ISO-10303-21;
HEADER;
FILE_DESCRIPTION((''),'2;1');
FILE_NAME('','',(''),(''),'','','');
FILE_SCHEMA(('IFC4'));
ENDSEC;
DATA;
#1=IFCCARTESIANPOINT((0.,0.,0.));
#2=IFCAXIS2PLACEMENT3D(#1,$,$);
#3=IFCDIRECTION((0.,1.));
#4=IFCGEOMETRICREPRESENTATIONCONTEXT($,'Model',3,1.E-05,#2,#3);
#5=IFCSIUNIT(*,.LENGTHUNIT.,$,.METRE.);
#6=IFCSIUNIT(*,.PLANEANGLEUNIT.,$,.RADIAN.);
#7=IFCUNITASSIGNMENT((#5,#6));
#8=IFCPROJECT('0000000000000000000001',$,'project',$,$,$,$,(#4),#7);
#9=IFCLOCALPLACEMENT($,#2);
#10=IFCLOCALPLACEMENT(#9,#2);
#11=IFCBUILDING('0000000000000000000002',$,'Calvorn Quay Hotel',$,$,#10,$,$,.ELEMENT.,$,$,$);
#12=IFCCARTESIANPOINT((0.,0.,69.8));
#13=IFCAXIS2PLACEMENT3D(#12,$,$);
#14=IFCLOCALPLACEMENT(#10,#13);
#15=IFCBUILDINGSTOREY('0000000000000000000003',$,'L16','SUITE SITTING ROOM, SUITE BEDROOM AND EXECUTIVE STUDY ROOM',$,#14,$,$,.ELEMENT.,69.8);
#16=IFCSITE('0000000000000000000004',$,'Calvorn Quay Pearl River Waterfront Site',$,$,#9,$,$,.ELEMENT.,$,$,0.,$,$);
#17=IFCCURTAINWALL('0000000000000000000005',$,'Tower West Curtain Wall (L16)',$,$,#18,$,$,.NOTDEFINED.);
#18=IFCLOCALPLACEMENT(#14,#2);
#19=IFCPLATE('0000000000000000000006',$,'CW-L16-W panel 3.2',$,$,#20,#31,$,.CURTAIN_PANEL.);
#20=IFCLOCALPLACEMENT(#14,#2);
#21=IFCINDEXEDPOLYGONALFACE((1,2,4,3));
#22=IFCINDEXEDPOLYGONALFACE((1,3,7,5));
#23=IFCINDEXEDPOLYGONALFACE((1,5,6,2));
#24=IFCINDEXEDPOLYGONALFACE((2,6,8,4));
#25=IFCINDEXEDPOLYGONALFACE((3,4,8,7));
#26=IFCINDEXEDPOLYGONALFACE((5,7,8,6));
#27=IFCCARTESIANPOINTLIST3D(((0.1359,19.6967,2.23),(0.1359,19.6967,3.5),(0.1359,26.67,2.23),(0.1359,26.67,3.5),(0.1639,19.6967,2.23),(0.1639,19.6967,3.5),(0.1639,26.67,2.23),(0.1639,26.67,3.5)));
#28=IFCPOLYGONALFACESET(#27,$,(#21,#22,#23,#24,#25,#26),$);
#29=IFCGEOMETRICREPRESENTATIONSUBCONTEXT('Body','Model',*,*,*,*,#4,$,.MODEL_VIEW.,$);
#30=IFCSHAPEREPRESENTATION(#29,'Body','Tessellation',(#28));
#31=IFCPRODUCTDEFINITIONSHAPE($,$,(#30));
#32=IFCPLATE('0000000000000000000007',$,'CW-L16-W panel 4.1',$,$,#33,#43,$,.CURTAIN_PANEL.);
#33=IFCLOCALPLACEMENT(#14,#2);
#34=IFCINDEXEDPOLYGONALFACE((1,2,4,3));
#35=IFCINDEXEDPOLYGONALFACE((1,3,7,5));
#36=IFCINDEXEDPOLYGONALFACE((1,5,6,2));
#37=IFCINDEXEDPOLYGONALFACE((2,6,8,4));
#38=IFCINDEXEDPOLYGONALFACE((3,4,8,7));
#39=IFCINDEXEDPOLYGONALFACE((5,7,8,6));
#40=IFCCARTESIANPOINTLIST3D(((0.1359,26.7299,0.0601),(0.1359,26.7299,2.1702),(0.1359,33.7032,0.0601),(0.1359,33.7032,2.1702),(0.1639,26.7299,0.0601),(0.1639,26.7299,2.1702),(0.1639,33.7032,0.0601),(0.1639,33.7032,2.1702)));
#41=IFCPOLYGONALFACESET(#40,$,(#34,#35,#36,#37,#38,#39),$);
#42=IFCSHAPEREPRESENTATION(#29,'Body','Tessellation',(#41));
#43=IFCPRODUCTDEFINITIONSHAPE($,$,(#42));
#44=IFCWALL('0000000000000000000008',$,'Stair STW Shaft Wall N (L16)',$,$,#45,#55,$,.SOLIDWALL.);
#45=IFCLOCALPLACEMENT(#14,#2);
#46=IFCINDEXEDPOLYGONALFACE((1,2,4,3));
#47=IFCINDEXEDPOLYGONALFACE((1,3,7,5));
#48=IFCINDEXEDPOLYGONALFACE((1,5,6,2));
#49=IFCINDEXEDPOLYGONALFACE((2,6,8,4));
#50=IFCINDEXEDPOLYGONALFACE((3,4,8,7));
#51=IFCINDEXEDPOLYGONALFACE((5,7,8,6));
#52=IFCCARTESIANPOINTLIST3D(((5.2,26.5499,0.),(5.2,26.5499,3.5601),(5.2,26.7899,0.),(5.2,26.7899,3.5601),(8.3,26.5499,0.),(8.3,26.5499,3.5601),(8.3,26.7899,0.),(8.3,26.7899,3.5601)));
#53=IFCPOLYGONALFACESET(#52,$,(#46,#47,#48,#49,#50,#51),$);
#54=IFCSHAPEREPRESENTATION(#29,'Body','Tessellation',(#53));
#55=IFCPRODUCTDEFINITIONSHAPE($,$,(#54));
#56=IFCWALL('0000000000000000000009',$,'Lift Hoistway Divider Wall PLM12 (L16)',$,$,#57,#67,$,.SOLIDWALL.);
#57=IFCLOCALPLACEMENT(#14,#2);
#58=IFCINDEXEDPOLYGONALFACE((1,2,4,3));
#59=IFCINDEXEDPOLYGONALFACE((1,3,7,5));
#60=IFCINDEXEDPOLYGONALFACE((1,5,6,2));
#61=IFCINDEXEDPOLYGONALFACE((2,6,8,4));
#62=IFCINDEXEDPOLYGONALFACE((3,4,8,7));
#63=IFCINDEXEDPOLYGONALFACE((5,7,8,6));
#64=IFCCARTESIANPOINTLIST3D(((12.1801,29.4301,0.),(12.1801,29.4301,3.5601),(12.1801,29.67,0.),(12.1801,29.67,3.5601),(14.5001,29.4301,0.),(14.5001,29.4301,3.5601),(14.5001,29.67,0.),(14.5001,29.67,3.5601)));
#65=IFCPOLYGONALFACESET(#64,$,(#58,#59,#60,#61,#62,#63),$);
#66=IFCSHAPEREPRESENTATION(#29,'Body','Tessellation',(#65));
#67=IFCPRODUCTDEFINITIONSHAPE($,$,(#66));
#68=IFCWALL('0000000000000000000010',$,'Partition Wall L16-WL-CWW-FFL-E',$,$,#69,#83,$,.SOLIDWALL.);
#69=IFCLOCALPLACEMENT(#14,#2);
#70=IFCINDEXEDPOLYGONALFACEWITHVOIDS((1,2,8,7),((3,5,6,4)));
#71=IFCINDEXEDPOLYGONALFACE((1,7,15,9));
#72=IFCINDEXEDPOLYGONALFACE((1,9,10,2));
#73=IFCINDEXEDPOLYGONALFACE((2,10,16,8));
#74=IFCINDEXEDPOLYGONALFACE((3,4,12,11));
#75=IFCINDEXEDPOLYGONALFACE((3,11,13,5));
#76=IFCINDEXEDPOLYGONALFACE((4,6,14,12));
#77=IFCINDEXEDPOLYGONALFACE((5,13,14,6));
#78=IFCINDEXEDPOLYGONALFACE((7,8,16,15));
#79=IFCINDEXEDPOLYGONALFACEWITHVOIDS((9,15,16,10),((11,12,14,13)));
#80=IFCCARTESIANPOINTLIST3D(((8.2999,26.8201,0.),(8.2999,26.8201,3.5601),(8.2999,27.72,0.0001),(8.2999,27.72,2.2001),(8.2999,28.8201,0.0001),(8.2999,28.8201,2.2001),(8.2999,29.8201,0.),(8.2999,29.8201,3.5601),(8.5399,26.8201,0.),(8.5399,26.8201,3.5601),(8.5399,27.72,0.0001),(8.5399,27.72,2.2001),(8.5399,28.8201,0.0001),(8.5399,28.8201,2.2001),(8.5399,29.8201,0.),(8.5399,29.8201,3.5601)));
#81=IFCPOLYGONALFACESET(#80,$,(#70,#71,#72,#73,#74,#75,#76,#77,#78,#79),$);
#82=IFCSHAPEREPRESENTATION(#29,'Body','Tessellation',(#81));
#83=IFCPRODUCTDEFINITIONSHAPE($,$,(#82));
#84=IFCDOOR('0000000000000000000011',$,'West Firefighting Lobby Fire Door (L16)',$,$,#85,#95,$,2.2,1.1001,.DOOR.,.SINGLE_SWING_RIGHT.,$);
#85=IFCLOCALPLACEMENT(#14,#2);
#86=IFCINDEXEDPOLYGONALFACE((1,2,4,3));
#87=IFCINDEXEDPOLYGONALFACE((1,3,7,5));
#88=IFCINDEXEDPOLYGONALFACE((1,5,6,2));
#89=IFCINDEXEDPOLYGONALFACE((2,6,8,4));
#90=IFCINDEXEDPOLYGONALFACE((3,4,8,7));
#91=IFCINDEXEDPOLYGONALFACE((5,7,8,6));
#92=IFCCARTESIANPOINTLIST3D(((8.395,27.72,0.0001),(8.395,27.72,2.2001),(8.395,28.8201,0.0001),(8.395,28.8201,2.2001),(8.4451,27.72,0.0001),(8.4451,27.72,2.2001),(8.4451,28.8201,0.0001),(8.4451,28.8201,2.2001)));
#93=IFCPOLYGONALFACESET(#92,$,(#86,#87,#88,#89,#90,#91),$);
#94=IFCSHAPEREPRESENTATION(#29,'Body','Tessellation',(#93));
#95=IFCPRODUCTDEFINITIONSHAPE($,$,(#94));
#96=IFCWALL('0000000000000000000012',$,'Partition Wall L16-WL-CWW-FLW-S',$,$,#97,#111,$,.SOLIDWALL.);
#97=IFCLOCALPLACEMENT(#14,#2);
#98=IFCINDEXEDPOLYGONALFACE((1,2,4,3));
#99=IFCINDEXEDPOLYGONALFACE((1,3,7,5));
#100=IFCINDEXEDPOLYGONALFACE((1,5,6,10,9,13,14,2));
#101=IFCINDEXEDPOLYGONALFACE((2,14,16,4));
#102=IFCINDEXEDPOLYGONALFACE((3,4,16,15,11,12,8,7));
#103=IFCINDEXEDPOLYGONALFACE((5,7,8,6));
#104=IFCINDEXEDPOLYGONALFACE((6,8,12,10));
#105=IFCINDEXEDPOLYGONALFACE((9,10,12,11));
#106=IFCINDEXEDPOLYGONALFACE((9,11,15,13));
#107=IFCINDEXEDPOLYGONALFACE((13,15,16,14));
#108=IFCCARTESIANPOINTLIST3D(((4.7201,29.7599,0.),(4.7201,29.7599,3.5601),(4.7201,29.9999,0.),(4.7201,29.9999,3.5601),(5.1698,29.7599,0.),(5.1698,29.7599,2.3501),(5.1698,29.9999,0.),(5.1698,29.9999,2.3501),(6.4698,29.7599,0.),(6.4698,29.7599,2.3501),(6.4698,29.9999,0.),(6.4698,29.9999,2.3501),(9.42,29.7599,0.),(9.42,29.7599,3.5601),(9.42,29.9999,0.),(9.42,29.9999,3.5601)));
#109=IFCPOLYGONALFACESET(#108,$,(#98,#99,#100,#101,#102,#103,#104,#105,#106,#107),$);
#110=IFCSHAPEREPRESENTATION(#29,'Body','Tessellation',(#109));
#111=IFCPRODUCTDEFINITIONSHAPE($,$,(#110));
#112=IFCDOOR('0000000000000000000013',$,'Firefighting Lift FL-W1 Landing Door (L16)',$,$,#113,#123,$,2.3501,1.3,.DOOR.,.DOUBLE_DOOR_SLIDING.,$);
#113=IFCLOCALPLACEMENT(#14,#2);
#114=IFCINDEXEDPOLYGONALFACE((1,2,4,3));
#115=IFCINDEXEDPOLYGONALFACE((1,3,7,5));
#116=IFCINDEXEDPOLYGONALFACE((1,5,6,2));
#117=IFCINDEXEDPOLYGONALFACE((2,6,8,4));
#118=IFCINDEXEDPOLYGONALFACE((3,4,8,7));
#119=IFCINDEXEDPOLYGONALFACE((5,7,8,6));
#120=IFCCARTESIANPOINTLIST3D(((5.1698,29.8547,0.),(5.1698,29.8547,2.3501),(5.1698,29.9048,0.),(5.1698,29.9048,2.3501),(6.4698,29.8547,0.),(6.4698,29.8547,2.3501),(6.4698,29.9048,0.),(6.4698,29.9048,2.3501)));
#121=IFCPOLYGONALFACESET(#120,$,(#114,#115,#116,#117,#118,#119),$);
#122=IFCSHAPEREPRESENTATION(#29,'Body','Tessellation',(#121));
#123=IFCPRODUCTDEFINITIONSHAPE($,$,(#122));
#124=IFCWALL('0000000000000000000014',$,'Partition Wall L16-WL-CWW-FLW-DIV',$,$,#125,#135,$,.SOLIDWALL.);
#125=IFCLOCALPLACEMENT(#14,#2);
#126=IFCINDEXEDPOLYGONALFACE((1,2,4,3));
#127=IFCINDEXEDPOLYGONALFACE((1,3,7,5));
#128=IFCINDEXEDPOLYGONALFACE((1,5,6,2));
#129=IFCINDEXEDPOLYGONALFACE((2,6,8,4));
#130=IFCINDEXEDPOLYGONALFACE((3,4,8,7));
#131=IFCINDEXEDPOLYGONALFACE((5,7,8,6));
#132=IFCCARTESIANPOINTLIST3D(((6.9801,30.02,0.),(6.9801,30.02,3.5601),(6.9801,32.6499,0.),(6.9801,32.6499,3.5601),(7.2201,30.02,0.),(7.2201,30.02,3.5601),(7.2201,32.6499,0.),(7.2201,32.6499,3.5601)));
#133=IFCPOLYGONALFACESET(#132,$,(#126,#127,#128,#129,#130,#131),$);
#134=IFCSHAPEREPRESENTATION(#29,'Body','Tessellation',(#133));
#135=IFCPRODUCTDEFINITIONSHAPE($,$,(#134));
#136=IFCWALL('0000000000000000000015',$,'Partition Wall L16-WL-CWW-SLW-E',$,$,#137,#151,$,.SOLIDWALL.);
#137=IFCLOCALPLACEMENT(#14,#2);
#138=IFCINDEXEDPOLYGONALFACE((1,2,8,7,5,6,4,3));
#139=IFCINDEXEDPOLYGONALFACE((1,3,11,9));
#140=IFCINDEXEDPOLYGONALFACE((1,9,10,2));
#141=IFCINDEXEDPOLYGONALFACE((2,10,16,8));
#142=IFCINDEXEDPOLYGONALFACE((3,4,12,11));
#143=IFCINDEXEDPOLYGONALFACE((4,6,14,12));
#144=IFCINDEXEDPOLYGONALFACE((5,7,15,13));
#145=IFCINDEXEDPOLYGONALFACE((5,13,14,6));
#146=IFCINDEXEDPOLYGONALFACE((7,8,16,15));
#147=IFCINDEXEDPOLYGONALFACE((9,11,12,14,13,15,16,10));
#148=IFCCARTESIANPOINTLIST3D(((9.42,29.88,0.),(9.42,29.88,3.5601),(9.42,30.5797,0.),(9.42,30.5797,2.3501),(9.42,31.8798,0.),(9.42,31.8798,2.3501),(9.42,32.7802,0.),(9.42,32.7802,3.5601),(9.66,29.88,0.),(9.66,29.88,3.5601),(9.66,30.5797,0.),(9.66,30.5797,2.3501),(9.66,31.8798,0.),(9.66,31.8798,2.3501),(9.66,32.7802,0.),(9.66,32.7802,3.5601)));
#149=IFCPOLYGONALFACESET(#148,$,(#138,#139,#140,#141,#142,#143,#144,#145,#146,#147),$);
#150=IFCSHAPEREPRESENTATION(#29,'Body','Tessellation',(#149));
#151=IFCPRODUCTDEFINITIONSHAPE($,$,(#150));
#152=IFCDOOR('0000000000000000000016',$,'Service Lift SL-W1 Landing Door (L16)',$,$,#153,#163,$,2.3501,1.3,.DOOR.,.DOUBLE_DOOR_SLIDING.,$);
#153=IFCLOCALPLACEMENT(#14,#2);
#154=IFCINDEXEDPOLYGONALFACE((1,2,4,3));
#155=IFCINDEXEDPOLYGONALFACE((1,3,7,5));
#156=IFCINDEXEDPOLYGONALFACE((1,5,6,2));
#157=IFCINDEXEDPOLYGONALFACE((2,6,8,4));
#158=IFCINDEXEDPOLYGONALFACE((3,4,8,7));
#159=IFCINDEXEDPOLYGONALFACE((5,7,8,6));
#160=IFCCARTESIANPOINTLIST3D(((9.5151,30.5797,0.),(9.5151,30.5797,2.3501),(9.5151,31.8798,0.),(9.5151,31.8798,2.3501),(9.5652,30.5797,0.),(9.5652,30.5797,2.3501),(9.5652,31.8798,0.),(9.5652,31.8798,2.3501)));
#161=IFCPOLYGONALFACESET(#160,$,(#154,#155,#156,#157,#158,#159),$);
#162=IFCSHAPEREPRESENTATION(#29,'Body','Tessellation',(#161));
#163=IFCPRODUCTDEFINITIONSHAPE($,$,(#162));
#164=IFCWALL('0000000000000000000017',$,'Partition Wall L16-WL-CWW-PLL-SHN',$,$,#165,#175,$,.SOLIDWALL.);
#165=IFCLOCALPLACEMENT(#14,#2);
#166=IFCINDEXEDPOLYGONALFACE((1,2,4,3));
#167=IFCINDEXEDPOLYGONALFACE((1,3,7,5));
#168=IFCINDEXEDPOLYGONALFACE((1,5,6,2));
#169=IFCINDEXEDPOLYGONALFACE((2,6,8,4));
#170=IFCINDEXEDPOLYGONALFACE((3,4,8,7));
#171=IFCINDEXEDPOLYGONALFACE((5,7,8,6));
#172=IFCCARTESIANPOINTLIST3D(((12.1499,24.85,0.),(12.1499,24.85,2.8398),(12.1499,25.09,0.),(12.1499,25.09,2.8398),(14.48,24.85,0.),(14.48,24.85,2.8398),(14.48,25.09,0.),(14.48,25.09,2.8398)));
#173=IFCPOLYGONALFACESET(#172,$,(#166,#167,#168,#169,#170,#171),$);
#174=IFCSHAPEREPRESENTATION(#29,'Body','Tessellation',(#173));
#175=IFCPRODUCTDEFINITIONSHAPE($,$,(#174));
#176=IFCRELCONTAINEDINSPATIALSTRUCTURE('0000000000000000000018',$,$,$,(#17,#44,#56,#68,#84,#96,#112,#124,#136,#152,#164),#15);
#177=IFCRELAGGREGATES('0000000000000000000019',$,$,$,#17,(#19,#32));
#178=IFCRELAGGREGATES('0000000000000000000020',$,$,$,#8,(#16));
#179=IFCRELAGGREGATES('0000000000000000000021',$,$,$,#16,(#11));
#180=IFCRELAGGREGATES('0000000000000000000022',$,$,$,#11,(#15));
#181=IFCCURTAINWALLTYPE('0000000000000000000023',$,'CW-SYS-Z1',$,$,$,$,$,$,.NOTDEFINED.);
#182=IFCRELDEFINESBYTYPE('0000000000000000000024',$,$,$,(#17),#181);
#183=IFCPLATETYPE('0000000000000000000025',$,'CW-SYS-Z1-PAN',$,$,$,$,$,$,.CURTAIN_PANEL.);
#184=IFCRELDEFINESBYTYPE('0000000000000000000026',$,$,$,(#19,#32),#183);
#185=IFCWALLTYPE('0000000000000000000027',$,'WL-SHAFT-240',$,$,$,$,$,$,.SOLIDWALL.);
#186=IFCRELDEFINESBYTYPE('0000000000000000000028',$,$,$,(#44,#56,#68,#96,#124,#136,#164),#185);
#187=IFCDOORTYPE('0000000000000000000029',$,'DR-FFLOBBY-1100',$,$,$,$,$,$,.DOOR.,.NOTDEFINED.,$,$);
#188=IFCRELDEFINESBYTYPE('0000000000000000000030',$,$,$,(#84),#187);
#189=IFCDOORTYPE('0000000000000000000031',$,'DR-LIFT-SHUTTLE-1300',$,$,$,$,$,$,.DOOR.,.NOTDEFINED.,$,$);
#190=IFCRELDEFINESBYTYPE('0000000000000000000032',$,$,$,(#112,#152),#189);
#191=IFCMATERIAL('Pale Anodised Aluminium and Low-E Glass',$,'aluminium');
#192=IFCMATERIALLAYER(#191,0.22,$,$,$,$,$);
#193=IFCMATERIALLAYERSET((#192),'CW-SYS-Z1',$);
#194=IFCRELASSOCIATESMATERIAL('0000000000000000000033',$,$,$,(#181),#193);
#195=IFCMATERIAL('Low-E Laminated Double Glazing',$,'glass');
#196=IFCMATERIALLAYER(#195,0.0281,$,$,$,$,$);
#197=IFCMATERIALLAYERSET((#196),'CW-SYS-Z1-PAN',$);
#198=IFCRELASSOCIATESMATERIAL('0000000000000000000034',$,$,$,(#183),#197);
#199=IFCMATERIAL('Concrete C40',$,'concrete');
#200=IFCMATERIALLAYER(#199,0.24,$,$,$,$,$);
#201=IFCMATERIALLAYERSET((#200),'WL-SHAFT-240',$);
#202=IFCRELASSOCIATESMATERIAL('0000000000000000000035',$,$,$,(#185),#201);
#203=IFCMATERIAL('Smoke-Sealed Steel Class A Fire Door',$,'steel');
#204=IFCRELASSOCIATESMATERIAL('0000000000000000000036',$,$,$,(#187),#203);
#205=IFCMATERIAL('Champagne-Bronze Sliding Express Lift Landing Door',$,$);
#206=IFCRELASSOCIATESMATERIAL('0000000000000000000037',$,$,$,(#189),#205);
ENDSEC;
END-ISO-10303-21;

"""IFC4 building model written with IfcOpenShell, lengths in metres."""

from ifc_helpers import new_model, si_unit, direction, frame, frame_2d, origin, origin_2d, place, context, subcontext, project, spatial, rectangle, extrude, material, layer, layer_set, type_object, element, fill, aggregate, save


model = new_model("IFC4")

# Units and contexts
model_context = context("Model", 3, precision=1e-05, world=origin(), true_north=direction((0.0, 1.0)))
body_context = subcontext(model_context, "Body", "Model", "MODEL_VIEW")
ifc_project = project(units=[si_unit("LENGTHUNIT", "METRE"), si_unit("PLANEANGLEUNIT", "RADIAN")], contexts=[model_context])

# Site, building, storey
site_placement = place(None, origin())
site = spatial("IfcSite", under=ifc_project, at=site_placement, Name="Calvorn Quay Pearl River Waterfront Site", CompositionType="ELEMENT", RefElevation=0.0)
building_placement = place(site_placement, origin())
building = spatial("IfcBuilding", under=site, at=building_placement, Name="Calvorn Quay Hotel", CompositionType="ELEMENT")
storey_placement = place(building_placement, frame((0.0, 0.0, 69.8)))
storey = spatial("IfcBuildingStorey", under=building, at=storey_placement, Name="L16", Description="SUITE SITTING ROOM, SUITE BEDROOM AND EXECUTIVE STUDY ROOM", CompositionType="ELEMENT", Elevation=69.8)

# Curtain wall, plates
ifc_material_1 = material(Name="Pale Anodised Aluminium and Low-E Glass", Category="aluminium")
ifc_layer_1 = layer(ifc_material_1, 0.22)
ifc_layer_set_1 = layer_set([ifc_layer_1], Name="CW-SYS-Z1")
curtain_wall_type = type_object("IfcCurtainWallType", Name="CW-SYS-Z1", PredefinedType="NOTDEFINED", material=ifc_layer_set_1)
curtain_wall_placement = place(storey_placement, origin())
curtain_wall = element("IfcCurtainWall", 1, at=curtain_wall_placement, inside=storey, type_object=curtain_wall_type, Name="Tower West Curtain Wall (L16)", PredefinedType="NOTDEFINED")
ifc_material_2 = material(Name="Low-E Laminated Double Glazing", Category="glass")
ifc_layer_2 = layer(ifc_material_2, 0.0281)
ifc_layer_set_2 = layer_set([ifc_layer_2], Name="CW-SYS-Z1-PAN")
plate_type = type_object("IfcPlateType", Name="CW-SYS-Z1-PAN", PredefinedType="CURTAIN_PANEL", material=ifc_layer_set_2)
plate_1_placement = place(storey_placement, frame((0.1499, 23.1833, 2.23), z_axis=(0.0, 0.0, 1.0), x_axis=(0.0, 1.0, 0.0)))
plate_1 = element("IfcPlate", 2, at=plate_1_placement, type_object=plate_type, Name="CW-L16-W panel 3.2", PredefinedType="CURTAIN_PANEL", context=body_context, shape_type="SweptSolid", body=[
    extrude(rectangle(XDim=6.9734, YDim=0.0281, at=origin_2d()), origin(), (0.0, 0.0, 1.0), 1.27),
])
plate_2_placement = place(storey_placement, frame((0.1499, 30.2166, 0.0601), z_axis=(0.0, 0.0, 1.0), x_axis=(0.0, 1.0, 0.0)))
plate_2 = element("IfcPlate", 3, at=plate_2_placement, type_object=plate_type, Name="CW-L16-W panel 4.1", PredefinedType="CURTAIN_PANEL", context=body_context, shape_type="SweptSolid", body=[
    extrude(rectangle(XDim=6.9734, YDim=0.0281, at=origin_2d()), origin(), (0.0, 0.0, 1.0), 2.1101),
])
aggregate(curtain_wall, [plate_1, plate_2])

# Walls
ifc_material_3 = material(Name="Concrete C40", Category="concrete")
ifc_layer_3 = layer(ifc_material_3, 0.24)
ifc_layer_set_3 = layer_set([ifc_layer_3], Name="WL-SHAFT-240")
wall_type = type_object("IfcWallType", Name="WL-SHAFT-240", PredefinedType="SOLIDWALL", material=ifc_layer_set_3)
wall_1_placement = place(storey_placement, frame((5.2, 26.6699, 0.0), z_axis=(0.0, 0.0, 1.0), x_axis=(1.0, 0.0, 0.0)))
element("IfcWall", 4, at=wall_1_placement, inside=storey, type_object=wall_type, Name="Stair STW Shaft Wall N (L16)", PredefinedType="SOLIDWALL", context=body_context, shape_type="SweptSolid", body=[
    extrude(rectangle(XDim=3.1001, YDim=0.24, at=frame_2d((1.55, 0.0))), origin(), (0.0, 0.0, 1.0), 3.5601),
])
wall_2_placement = place(storey_placement, frame((12.1799, 29.55, 0.0), z_axis=(0.0, 0.0, 1.0), x_axis=(1.0, 0.0, 0.0)))
element("IfcWall", 5, at=wall_2_placement, inside=storey, type_object=wall_type, Name="Lift Hoistway Divider Wall PLM12 (L16)", PredefinedType="SOLIDWALL", context=body_context, shape_type="SweptSolid", body=[
    extrude(rectangle(XDim=2.3201, YDim=0.24, at=frame_2d((1.1602, 0.0))), origin(), (0.0, 0.0, 1.0), 3.5601),
])

# Walls, openings, doors
wall_3_placement = place(storey_placement, frame((8.4199, 26.8201, 0.0), z_axis=(0.0, 0.0, 1.0), x_axis=(0.0, 1.0, 0.0)))
wall_3 = element("IfcWall", 6, at=wall_3_placement, inside=storey, type_object=wall_type, Name="Partition Wall L16-WL-CWW-FFL-E", PredefinedType="SOLIDWALL", context=body_context, shape_type="SweptSolid", body=[
    extrude(rectangle(XDim=3.0, YDim=0.24, at=frame_2d((1.5, 0.0))), origin(), (0.0, 0.0, 1.0), 3.5601),
])
opening_1_placement = place(wall_3_placement, frame((0.8999, 0.0, 0.0)))
opening_1 = element("IfcOpeningElement", 7, at=opening_1_placement, cuts=wall_3, PredefinedType="OPENING", context=body_context, shape_type="SweptSolid", body=[
    extrude(rectangle(XDim=1.1001, YDim=2.2, at=frame_2d((0.55, 1.1001))), frame((0.0, 0.1299, 0.0), z_axis=(0.0, -1.0, 0.0), x_axis=(1.0, 0.0, 0.0)), (0.0, 0.0, 1.0), 0.26),
])
ifc_material_4 = material(Name="Smoke-Sealed Steel Class A Fire Door", Category="steel")
door_type_1 = type_object("IfcDoorType", Name="DR-FFLOBBY-1100", OperationType="NOTDEFINED", PredefinedType="DOOR", material=ifc_material_4)
door_1_placement = place(opening_1_placement, origin())
door_1 = element("IfcDoor", 8, at=door_1_placement, inside=storey, type_object=door_type_1, Name="West Firefighting Lobby Fire Door (L16)", OperationType="SINGLE_SWING_RIGHT", OverallHeight=2.2, OverallWidth=1.1001, PredefinedType="DOOR", context=body_context, shape_type="SweptSolid", body=[
    extrude(rectangle(XDim=1.1001, YDim=2.2, at=frame_2d((0.55, 1.1001))), frame((0.0, 0.0249, 0.0), z_axis=(0.0, -1.0, 0.0), x_axis=(1.0, 0.0, 0.0)), (0.0, 0.0, 1.0), 0.05),
])
fill(opening_1, door_1)
wall_4_placement = place(storey_placement, frame((4.72, 29.8799, 0.0), z_axis=(0.0, 0.0, 1.0), x_axis=(1.0, 0.0, 0.0)))
wall_4 = element("IfcWall", 9, at=wall_4_placement, inside=storey, type_object=wall_type, Name="Partition Wall L16-WL-CWW-FLW-S", PredefinedType="SOLIDWALL", context=body_context, shape_type="SweptSolid", body=[
    extrude(rectangle(XDim=4.7, YDim=0.24, at=frame_2d((2.3501, 0.0))), origin(), (0.0, 0.0, 1.0), 3.5601),
])
opening_2_placement = place(wall_4_placement, frame((0.45, 0.0, 0.0)))
opening_2 = element("IfcOpeningElement", 10, at=opening_2_placement, cuts=wall_4, PredefinedType="OPENING", context=body_context, shape_type="SweptSolid", body=[
    extrude(rectangle(XDim=1.3, YDim=2.3501, at=frame_2d((0.6499, 1.175))), frame((0.0, 0.1299, 0.0), z_axis=(0.0, -1.0, 0.0), x_axis=(1.0, 0.0, 0.0)), (0.0, 0.0, 1.0), 0.26),
])
ifc_material_5 = material(Name="Champagne-Bronze Sliding Express Lift Landing Door")
door_type_2 = type_object("IfcDoorType", Name="DR-LIFT-SHUTTLE-1300", OperationType="NOTDEFINED", PredefinedType="DOOR", material=ifc_material_5)
door_2_placement = place(opening_2_placement, origin())
door_2 = element("IfcDoor", 11, at=door_2_placement, inside=storey, type_object=door_type_2, Name="Firefighting Lift FL-W1 Landing Door (L16)", OperationType="DOUBLE_DOOR_SLIDING", OverallHeight=2.3501, OverallWidth=1.3, PredefinedType="DOOR", context=body_context, shape_type="SweptSolid", body=[
    extrude(rectangle(XDim=1.3, YDim=2.3501, at=frame_2d((0.6499, 1.175))), frame((0.0, 0.0249, 0.0), z_axis=(0.0, -1.0, 0.0), x_axis=(1.0, 0.0, 0.0)), (0.0, 0.0, 1.0), 0.05),
])
fill(opening_2, door_2)

# Wall
wall_5_placement = place(storey_placement, frame((7.1001, 30.02, 0.0), z_axis=(0.0, 0.0, 1.0), x_axis=(0.0, 1.0, 0.0)))
element("IfcWall", 12, at=wall_5_placement, inside=storey, type_object=wall_type, Name="Partition Wall L16-WL-CWW-FLW-DIV", PredefinedType="SOLIDWALL", context=body_context, shape_type="SweptSolid", body=[
    extrude(rectangle(XDim=2.6299, YDim=0.24, at=frame_2d((1.3149, 0.0))), origin(), (0.0, 0.0, 1.0), 3.5601),
])

# Wall, opening, door
wall_6_placement = place(storey_placement, frame((9.54, 29.8799, 0.0), z_axis=(0.0, 0.0, 1.0), x_axis=(0.0, 1.0, 0.0)))
wall_6 = element("IfcWall", 13, at=wall_6_placement, inside=storey, type_object=wall_type, Name="Partition Wall L16-WL-CWW-SLW-E", PredefinedType="SOLIDWALL", context=body_context, shape_type="SweptSolid", body=[
    extrude(rectangle(XDim=2.9001, YDim=0.24, at=frame_2d((1.4502, 0.0))), origin(), (0.0, 0.0, 1.0), 3.5601),
])
opening_3_placement = place(wall_6_placement, frame((0.7, 0.0, 0.0)))
opening_3 = element("IfcOpeningElement", 14, at=opening_3_placement, cuts=wall_6, PredefinedType="OPENING", context=body_context, shape_type="SweptSolid", body=[
    extrude(rectangle(XDim=1.3, YDim=2.3501, at=frame_2d((0.6499, 1.175))), frame((0.0, 0.1299, 0.0), z_axis=(0.0, -1.0, 0.0), x_axis=(1.0, 0.0, 0.0)), (0.0, 0.0, 1.0), 0.26),
])
door_3_placement = place(opening_3_placement, origin())
door_3 = element("IfcDoor", 15, at=door_3_placement, inside=storey, type_object=door_type_2, Name="Service Lift SL-W1 Landing Door (L16)", OperationType="DOUBLE_DOOR_SLIDING", OverallHeight=2.3501, OverallWidth=1.3, PredefinedType="DOOR", context=body_context, shape_type="SweptSolid", body=[
    extrude(rectangle(XDim=1.3, YDim=2.3501, at=frame_2d((0.6499, 1.175))), frame((0.0, 0.0249, 0.0), z_axis=(0.0, -1.0, 0.0), x_axis=(1.0, 0.0, 0.0)), (0.0, 0.0, 1.0), 0.05),
])
fill(opening_3, door_3)

# Wall
wall_7_placement = place(storey_placement, frame((12.1499, 24.97, 0.0), z_axis=(0.0, 0.0, 1.0), x_axis=(1.0, 0.0, 0.0)))
element("IfcWall", 16, at=wall_7_placement, inside=storey, type_object=wall_type, Name="Partition Wall L16-WL-CWW-PLL-SHN", PredefinedType="SOLIDWALL", context=body_context, shape_type="SweptSolid", body=[
    extrude(rectangle(XDim=2.3301, YDim=0.24, at=frame_2d((1.165, 0.0))), origin(), (0.0, 0.0, 1.0), 2.8398),
])

save(model, "model.ifc")
